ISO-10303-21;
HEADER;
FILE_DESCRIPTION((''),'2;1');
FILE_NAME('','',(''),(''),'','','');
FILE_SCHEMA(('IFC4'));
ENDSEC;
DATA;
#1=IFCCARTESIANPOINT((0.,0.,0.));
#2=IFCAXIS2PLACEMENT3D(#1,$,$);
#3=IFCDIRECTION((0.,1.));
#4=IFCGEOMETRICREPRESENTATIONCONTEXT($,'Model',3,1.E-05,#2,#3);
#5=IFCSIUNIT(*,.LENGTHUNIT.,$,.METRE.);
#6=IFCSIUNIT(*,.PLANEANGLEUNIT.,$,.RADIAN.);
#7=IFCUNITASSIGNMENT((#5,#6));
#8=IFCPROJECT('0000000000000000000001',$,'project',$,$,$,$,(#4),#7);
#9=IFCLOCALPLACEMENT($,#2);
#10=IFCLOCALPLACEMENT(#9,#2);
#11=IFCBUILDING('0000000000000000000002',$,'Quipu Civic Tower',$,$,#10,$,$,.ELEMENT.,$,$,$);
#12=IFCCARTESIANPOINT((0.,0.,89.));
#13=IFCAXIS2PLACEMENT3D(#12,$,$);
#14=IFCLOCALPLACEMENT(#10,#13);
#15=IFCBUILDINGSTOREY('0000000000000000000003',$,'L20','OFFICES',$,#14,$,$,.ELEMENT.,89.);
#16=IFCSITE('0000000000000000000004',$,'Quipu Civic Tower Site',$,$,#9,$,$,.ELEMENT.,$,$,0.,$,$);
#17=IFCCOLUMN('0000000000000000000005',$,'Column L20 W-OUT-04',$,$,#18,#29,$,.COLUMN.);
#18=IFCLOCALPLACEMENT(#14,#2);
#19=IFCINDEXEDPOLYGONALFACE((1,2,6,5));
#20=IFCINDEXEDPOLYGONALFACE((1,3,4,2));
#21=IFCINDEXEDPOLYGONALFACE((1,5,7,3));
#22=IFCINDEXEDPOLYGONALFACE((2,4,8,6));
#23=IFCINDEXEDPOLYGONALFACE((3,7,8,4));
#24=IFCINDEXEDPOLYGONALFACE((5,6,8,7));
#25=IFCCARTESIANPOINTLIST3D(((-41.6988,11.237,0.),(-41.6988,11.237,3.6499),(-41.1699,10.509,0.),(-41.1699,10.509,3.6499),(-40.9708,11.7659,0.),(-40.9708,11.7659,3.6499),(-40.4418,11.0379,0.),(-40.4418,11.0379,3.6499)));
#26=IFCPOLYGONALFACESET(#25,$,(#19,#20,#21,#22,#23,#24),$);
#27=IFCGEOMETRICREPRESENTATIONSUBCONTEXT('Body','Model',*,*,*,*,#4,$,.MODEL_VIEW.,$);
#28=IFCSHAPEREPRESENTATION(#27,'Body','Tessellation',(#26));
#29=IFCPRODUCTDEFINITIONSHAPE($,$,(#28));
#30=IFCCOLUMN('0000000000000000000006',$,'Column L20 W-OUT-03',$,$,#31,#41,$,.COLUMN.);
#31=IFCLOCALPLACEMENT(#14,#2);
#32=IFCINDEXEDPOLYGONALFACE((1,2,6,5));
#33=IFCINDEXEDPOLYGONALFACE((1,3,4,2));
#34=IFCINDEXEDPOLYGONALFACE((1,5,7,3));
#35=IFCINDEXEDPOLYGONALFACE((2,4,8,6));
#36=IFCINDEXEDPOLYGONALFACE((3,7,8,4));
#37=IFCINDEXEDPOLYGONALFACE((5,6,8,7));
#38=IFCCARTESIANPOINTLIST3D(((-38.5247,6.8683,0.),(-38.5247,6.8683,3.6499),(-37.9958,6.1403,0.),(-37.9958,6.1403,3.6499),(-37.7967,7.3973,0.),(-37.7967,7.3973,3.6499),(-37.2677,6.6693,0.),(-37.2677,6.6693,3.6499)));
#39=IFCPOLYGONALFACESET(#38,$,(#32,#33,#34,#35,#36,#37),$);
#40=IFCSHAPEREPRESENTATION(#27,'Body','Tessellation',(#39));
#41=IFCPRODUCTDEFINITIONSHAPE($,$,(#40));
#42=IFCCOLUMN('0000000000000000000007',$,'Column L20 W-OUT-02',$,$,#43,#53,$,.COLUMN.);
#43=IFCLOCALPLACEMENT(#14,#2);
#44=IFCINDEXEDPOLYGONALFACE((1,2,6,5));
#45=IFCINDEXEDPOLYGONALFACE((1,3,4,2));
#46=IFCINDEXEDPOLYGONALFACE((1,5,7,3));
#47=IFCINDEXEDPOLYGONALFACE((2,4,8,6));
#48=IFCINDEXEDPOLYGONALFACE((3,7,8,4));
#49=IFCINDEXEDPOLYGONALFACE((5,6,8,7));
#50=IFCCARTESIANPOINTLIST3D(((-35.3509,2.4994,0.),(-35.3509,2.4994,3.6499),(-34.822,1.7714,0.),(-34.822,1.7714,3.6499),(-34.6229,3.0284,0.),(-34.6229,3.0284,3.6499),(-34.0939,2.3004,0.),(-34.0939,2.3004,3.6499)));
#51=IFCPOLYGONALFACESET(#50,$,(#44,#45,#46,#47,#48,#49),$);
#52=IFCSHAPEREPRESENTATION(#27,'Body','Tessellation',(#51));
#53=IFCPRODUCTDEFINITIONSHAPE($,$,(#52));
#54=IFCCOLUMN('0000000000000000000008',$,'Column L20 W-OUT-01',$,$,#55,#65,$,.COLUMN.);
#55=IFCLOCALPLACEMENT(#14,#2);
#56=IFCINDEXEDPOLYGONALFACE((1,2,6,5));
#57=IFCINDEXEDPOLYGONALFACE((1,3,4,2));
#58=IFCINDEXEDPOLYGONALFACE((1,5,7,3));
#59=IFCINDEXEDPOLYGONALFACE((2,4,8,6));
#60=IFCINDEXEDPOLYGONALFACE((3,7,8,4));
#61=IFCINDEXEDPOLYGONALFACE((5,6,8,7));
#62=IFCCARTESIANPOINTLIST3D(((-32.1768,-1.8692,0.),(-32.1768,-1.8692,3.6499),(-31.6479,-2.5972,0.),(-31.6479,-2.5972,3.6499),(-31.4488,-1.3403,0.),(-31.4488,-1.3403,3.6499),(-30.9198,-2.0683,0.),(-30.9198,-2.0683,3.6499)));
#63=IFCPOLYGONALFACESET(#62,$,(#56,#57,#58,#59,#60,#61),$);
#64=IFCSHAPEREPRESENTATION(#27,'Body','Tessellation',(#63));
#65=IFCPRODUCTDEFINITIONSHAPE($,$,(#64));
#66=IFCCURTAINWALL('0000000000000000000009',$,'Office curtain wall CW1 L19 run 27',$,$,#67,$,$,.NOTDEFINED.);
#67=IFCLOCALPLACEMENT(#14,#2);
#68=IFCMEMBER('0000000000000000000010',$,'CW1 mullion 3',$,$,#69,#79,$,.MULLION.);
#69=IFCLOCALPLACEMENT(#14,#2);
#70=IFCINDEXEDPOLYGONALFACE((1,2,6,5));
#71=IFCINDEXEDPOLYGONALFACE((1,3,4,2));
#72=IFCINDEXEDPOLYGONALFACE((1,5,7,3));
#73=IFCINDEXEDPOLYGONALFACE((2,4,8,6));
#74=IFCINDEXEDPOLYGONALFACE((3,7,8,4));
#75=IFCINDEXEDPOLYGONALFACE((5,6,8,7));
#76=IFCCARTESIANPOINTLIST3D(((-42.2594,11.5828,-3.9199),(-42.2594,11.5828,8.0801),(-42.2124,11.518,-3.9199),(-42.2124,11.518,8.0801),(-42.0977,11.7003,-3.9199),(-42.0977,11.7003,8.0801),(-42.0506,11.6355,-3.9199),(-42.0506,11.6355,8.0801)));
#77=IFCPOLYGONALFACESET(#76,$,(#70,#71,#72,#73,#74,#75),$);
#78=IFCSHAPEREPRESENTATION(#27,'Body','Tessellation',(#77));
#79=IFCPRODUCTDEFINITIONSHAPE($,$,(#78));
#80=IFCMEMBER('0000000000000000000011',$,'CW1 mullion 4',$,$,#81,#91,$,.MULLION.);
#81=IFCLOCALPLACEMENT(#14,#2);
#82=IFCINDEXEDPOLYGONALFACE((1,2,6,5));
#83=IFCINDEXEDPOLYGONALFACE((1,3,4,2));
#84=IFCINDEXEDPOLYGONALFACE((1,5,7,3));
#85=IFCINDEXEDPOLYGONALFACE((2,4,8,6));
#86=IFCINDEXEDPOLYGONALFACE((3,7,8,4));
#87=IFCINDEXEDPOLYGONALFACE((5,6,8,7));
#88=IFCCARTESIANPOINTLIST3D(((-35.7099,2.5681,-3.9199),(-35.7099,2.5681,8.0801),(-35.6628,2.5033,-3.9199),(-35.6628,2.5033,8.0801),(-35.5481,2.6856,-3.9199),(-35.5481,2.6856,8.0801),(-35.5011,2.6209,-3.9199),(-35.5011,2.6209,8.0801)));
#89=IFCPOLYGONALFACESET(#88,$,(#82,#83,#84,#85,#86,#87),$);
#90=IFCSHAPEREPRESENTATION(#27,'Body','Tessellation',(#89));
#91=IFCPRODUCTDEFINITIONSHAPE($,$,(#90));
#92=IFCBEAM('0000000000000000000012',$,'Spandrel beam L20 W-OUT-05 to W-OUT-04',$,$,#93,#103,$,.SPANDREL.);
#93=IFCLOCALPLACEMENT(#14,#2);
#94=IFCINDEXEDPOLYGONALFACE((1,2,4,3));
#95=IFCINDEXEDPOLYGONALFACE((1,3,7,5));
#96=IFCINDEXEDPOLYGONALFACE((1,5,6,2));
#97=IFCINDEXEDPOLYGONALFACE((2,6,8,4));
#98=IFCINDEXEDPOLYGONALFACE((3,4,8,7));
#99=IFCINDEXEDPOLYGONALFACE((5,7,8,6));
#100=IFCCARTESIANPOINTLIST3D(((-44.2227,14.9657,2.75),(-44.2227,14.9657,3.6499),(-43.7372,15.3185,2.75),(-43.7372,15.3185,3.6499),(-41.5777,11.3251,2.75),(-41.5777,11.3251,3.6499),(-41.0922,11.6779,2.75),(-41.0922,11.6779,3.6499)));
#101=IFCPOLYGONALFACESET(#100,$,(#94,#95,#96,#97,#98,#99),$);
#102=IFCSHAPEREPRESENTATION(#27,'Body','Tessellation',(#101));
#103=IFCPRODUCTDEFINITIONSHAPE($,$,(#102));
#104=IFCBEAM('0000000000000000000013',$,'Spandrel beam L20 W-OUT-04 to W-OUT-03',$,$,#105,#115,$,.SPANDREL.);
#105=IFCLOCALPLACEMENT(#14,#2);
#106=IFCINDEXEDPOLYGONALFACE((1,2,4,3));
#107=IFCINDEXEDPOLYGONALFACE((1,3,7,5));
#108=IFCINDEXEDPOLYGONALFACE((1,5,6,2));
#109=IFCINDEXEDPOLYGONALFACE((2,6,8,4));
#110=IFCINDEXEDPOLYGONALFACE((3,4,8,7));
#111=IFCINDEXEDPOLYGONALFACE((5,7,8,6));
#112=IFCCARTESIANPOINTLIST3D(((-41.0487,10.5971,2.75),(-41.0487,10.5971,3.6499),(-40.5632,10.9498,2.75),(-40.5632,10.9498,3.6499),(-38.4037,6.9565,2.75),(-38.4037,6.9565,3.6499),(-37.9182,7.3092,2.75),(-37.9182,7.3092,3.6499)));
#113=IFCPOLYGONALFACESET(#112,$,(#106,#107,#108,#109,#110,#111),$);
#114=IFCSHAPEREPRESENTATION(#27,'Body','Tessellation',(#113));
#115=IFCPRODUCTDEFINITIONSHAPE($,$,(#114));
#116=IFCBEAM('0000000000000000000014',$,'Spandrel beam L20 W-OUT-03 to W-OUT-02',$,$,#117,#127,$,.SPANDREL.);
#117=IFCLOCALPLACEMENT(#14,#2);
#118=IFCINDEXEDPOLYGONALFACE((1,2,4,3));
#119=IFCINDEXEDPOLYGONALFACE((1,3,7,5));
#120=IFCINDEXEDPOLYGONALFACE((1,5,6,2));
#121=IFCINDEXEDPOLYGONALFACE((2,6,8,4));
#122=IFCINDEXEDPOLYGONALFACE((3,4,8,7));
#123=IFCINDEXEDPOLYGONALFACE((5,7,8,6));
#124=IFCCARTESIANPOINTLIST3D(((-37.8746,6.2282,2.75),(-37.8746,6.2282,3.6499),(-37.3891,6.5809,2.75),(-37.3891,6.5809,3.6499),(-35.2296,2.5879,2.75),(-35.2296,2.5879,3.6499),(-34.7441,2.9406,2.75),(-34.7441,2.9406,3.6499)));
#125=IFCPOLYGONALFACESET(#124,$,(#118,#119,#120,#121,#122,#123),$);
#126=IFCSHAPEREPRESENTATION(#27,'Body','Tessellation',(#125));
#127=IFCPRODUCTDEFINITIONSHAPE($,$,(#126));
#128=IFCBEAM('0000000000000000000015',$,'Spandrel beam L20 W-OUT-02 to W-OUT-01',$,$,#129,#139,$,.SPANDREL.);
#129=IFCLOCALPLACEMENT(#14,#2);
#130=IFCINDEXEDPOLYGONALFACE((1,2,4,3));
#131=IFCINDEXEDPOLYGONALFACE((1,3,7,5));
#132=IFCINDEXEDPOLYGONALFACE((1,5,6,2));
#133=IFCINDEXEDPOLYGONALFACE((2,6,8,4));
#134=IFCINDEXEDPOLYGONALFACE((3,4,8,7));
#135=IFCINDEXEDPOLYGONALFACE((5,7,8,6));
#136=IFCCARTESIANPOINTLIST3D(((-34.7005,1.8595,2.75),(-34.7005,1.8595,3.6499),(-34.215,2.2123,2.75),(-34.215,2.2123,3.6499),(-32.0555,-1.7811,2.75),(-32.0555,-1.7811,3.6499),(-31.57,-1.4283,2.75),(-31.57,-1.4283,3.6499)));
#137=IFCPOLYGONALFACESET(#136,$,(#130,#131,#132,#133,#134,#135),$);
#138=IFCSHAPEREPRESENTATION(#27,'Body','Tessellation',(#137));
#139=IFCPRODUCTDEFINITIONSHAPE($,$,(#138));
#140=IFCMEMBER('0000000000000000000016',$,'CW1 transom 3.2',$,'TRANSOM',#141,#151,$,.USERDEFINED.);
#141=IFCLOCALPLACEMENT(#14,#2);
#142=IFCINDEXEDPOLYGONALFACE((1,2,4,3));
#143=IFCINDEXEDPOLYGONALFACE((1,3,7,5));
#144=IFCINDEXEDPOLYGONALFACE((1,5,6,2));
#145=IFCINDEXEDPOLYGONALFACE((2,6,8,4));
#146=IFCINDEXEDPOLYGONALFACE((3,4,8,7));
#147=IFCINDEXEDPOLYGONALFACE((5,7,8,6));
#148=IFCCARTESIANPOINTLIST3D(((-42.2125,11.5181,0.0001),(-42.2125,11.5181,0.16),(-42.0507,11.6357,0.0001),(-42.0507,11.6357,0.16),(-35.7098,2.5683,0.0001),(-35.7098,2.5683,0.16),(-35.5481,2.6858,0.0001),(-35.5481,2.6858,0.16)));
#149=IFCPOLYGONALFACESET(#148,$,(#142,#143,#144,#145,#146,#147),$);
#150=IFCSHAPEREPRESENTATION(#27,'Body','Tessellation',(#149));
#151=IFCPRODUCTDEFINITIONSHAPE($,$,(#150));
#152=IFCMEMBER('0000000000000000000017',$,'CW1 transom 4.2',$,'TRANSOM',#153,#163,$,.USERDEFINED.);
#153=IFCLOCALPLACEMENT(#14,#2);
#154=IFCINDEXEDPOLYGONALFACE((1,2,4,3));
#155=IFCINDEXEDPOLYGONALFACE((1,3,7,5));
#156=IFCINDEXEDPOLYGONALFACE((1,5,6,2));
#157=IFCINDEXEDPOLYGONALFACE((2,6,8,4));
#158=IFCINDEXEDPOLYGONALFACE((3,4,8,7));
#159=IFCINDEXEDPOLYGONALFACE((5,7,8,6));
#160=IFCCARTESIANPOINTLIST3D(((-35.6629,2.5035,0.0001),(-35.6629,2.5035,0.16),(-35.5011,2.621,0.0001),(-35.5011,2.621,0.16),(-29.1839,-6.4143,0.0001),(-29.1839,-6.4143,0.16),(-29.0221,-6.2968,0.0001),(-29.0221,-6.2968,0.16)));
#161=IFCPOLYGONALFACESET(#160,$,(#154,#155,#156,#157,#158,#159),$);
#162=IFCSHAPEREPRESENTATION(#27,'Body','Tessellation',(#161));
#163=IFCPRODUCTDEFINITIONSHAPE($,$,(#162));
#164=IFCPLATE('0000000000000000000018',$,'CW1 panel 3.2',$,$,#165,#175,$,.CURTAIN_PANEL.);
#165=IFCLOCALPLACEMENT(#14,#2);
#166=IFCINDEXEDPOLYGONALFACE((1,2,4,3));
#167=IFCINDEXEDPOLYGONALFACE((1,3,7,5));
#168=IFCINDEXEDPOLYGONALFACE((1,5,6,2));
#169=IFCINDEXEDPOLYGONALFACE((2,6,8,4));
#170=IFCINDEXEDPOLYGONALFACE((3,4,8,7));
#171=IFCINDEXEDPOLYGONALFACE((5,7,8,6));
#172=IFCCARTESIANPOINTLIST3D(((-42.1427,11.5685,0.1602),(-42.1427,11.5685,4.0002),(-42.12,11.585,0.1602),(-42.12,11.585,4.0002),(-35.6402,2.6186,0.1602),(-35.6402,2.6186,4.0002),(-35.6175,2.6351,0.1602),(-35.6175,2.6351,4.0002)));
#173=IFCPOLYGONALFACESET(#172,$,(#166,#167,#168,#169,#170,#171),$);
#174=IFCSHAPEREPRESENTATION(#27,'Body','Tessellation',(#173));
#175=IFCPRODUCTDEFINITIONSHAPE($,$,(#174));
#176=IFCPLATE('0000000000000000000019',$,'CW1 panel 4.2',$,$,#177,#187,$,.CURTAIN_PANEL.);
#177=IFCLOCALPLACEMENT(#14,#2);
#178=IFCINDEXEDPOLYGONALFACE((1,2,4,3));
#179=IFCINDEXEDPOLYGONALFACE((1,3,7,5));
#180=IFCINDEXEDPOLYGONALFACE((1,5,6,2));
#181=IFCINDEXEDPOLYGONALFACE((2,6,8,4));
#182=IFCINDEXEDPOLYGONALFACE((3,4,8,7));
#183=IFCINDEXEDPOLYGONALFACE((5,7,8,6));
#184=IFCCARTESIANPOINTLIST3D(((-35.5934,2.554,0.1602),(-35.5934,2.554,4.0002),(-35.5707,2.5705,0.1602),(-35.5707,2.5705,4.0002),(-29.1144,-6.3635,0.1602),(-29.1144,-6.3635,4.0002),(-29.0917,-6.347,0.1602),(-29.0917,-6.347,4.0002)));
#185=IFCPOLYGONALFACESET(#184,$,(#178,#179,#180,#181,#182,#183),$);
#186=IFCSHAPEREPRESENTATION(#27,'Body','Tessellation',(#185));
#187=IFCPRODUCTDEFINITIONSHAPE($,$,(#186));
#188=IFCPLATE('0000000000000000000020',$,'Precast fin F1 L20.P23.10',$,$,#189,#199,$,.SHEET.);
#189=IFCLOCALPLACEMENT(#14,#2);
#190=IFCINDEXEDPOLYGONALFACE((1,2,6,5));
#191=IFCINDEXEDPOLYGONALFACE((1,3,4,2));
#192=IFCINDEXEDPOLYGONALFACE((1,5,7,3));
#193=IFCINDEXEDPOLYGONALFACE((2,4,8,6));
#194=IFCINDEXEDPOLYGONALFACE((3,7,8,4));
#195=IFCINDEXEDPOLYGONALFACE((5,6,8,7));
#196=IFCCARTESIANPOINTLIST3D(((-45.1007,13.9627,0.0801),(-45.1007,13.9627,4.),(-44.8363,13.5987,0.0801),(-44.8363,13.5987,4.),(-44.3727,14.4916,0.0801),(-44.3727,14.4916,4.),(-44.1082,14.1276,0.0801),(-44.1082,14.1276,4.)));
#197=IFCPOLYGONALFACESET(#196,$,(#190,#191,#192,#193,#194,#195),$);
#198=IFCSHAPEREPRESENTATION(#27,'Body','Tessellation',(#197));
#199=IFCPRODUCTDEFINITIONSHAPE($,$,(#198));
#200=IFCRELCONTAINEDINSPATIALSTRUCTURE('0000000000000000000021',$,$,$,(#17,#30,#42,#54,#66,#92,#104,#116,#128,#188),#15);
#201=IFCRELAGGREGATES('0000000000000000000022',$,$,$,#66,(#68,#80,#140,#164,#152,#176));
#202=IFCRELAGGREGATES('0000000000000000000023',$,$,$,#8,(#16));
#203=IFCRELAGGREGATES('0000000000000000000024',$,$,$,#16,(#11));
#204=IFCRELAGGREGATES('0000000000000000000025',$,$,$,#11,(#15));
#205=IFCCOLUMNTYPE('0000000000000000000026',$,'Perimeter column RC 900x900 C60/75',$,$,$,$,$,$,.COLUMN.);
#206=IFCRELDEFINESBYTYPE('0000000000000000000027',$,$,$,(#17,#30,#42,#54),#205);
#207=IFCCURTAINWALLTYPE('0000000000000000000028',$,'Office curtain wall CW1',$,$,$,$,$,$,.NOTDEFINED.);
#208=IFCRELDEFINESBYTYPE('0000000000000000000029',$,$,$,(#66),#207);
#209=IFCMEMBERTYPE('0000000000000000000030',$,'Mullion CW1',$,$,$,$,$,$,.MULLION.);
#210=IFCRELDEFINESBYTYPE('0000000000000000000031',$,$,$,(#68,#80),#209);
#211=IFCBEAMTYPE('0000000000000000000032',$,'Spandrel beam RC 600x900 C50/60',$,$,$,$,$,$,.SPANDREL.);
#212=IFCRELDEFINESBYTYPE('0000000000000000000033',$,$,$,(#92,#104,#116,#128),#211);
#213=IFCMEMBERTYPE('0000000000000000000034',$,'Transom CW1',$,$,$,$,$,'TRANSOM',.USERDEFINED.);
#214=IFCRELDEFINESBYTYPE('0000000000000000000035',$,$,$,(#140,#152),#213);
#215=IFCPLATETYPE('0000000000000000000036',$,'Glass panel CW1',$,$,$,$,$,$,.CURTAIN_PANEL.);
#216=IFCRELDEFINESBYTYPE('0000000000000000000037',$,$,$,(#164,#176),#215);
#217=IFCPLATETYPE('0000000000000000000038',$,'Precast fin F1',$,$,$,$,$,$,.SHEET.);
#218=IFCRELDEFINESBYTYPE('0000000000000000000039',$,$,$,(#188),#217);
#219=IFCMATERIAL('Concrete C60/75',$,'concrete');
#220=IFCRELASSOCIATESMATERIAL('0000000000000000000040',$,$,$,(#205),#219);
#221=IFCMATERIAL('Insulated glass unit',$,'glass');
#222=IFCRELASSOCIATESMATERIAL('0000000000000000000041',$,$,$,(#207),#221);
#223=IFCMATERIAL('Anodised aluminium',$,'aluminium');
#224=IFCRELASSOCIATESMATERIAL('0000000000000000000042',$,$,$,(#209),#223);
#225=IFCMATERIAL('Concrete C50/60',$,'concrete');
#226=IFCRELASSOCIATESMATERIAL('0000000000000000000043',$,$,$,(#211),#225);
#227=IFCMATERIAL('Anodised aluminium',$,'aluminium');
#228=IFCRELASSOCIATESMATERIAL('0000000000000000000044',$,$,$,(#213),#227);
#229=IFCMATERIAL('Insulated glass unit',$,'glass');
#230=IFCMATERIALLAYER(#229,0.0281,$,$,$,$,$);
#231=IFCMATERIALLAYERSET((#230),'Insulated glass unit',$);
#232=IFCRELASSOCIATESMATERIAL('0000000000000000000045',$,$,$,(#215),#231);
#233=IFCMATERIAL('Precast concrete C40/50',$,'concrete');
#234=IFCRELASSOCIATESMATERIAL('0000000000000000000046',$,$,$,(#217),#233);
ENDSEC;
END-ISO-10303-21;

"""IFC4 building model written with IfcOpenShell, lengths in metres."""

from ifc_helpers import new_model, si_unit, direction, frame, origin, origin_2d, place, context, subcontext, project, spatial, rectangle, extrude, material, layer, layer_set, material_profile, profile_set, type_object, element, aggregate, save


model = new_model("IFC4")

# Units and contexts
model_context = context("Model", 3, precision=1e-05, world=origin(), true_north=direction((0.0, 1.0)))
body_context = subcontext(model_context, "Body", "Model", "MODEL_VIEW")
ifc_project = project(units=[si_unit("LENGTHUNIT", "METRE"), si_unit("PLANEANGLEUNIT", "RADIAN")], contexts=[model_context])

# Site, building, storey
site_placement = place(None, origin())
site = spatial("IfcSite", under=ifc_project, at=site_placement, Name="Quipu Civic Tower Site", CompositionType="ELEMENT", RefElevation=0.0)
building_placement = place(site_placement, origin())
building = spatial("IfcBuilding", under=site, at=building_placement, Name="Quipu Civic Tower", CompositionType="ELEMENT")
storey_placement = place(building_placement, frame((0.0, 0.0, 89.0)))
storey = spatial("IfcBuildingStorey", under=building, at=storey_placement, Name="L20", Description="OFFICES", CompositionType="ELEMENT", Elevation=89.0)

# Columns
ifc_material_1 = material(Name="Concrete C60/75", Category="concrete")
ifc_material_profile_1 = material_profile(ifc_material_1, rectangle(XDim=0.8999, YDim=0.8999, at=origin_2d()), Name="RC900x900")
ifc_profile_set_1 = profile_set([ifc_material_profile_1], Name="Concrete C60/75")
column_type = type_object("IfcColumnType", Name="Perimeter column RC 900x900 C60/75", PredefinedType="COLUMN", material=ifc_profile_set_1)
for number, where, z_axis, x_axis, name in (
    (1, (-41.0703, 11.1375, 0.0), (0.0, 0.0, 1.0), (0.587785, -0.809017, 0.0), "Column L20 W-OUT-04"),
    (2, (-37.8962, 6.7688, 0.0), (0.0, 0.0, 1.0), (0.587785, -0.809017, 0.0), "Column L20 W-OUT-03"),
    (3, (-34.7224, 2.3999, 0.0), (0.0, 0.0, 1.0), (0.587785, -0.809017, 0.0), "Column L20 W-OUT-02"),
    (4, (-31.5483, -1.9688, 0.0), (0.0, 0.0, 1.0), (0.587785, -0.809017, 0.0), "Column L20 W-OUT-01"),
):
    element("IfcColumn", number, at=place(storey_placement, frame(where, z_axis=z_axis, x_axis=x_axis)), inside=storey, type_object=column_type, Name=name, PredefinedType="COLUMN", context=body_context, shape_type="SweptSolid", body=[
        extrude(rectangle(XDim=0.8999, YDim=0.8999, at=origin_2d()), origin(), (0.0, 0.0, 1.0), 3.6499),
    ])

# Curtain wall, members
ifc_material_2 = material(Name="Insulated glass unit", Category="glass")
curtain_wall_type = type_object("IfcCurtainWallType", Name="Office curtain wall CW1", PredefinedType="NOTDEFINED", material=ifc_material_2)
curtain_wall_placement = place(storey_placement, origin())
curtain_wall = element("IfcCurtainWall", 5, at=curtain_wall_placement, inside=storey, type_object=curtain_wall_type, Name="Office curtain wall CW1 L19 run 27", PredefinedType="NOTDEFINED")
ifc_material_3 = material(Name="Anodised aluminium", Category="aluminium")
ifc_material_profile_2 = material_profile(ifc_material_3, rectangle(XDim=0.2, YDim=0.0801, at=origin_2d()), Name="RECT 200x80")
ifc_profile_set_2 = profile_set([ifc_material_profile_2], Name="Anodised aluminium")
member_type_1 = type_object("IfcMemberType", Name="Mullion CW1", PredefinedType="MULLION", material=ifc_profile_set_2)
member_1_placement = place(storey_placement, frame((-42.155, 11.6091, -3.9199), z_axis=(0.0, 0.0, 1.0), x_axis=(0.809017, 0.587786, 0.0)))
member_1 = element("IfcMember", 6, at=member_1_placement, type_object=member_type_1, Name="CW1 mullion 3", PredefinedType="MULLION", context=body_context, shape_type="SweptSolid", body=[
    extrude(rectangle(XDim=0.2, YDim=0.0801, at=origin_2d()), origin(), (0.0, 0.0, 1.0), 12.0),
])
member_2_placement = place(storey_placement, frame((-35.6055, 2.5945, -3.9199), z_axis=(0.0, 0.0, 1.0), x_axis=(0.809017, 0.587786, 0.0)))
member_2 = element("IfcMember", 7, at=member_2_placement, type_object=member_type_1, Name="CW1 mullion 4", PredefinedType="MULLION", context=body_context, shape_type="SweptSolid", body=[
    extrude(rectangle(XDim=0.2, YDim=0.0801, at=origin_2d()), origin(), (0.0, 0.0, 1.0), 12.0),
])

# Beams
ifc_material_4 = material(Name="Concrete C50/60", Category="concrete")
ifc_material_profile_3 = material_profile(ifc_material_4, rectangle(XDim=0.6001, YDim=0.8999, at=origin_2d()), Name="RC600x900")
ifc_profile_set_3 = profile_set([ifc_material_profile_3], Name="Concrete C50/60")
beam_type = type_object("IfcBeamType", Name="Spandrel beam RC 600x900 C50/60", PredefinedType="SPANDREL", material=ifc_profile_set_3)
for number, where, z_axis, x_axis, name in (
    (8, (-43.98, 15.1421, 3.2), (0.587778, -0.809022, 0.0), (0.809022, 0.587778, 0.0), "Spandrel beam L20 W-OUT-05 to W-OUT-04"),
    (9, (-40.8059, 10.7734, 3.2), (0.587778, -0.809022, 0.0), (0.809022, 0.587778, 0.0), "Spandrel beam L20 W-OUT-04 to W-OUT-03"),
):
    element("IfcBeam", number, at=place(storey_placement, frame(where, z_axis=z_axis, x_axis=x_axis)), inside=storey, type_object=beam_type, Name=name, PredefinedType="SPANDREL", context=body_context, shape_type="SweptSolid", body=[
        extrude(rectangle(XDim=0.6001, YDim=0.8999, at=origin_2d()), origin(), (0.0, 0.0, 1.0), 4.5),
    ])
beam_1_placement = place(storey_placement, frame((-37.6318, 6.4045, 3.2), z_axis=(0.587804, -0.809003, 0.0), x_axis=(0.809003, 0.587804, 0.0)))
element("IfcBeam", 10, at=beam_1_placement, inside=storey, type_object=beam_type, Name="Spandrel beam L20 W-OUT-03 to W-OUT-02", PredefinedType="SPANDREL", context=body_context, shape_type="SweptSolid", body=[
    extrude(rectangle(XDim=0.6001, YDim=0.8999, at=origin_2d()), origin(), (0.0, 0.0, 1.0), 4.4998),
])
beam_2_placement = place(storey_placement, frame((-34.4578, 2.0359, 3.2), z_axis=(0.587778, -0.809022, 0.0), x_axis=(0.809022, 0.587778, 0.0)))
element("IfcBeam", 11, at=beam_2_placement, inside=storey, type_object=beam_type, Name="Spandrel beam L20 W-OUT-02 to W-OUT-01", PredefinedType="SPANDREL", context=body_context, shape_type="SweptSolid", body=[
    extrude(rectangle(XDim=0.6001, YDim=0.8999, at=origin_2d()), origin(), (0.0, 0.0, 1.0), 4.5),
])

# Members
ifc_material_5 = material(Name="Anodised aluminium", Category="aluminium")
ifc_material_profile_4 = material_profile(ifc_material_5, rectangle(XDim=0.2, YDim=0.1599, at=origin_2d()), Name="RECT 200x160")
ifc_profile_set_4 = profile_set([ifc_material_profile_4], Name="Anodised aluminium")
member_type_2 = type_object("IfcMemberType", Name="Transom CW1", ElementType="TRANSOM", PredefinedType="USERDEFINED", material=ifc_profile_set_4)
member_3_placement = place(storey_placement, frame((-42.1316, 11.5769, 0.0801), z_axis=(0.587795, -0.80901, 0.0), x_axis=(0.80901, 0.587795, 0.0)))
member_3 = element("IfcMember", 12, at=member_3_placement, type_object=member_type_2, Name="CW1 transom 3.2", ObjectType="TRANSOM", PredefinedType="USERDEFINED", context=body_context, shape_type="SweptSolid", body=[
    extrude(rectangle(XDim=0.2, YDim=0.1599, at=origin_2d()), origin(), (0.0, 0.0, 1.0), 11.0627),
])
member_4_placement = place(storey_placement, frame((-35.582, 2.5623, 0.0801), z_axis=(0.587779, -0.809021, 0.0), x_axis=(0.809021, 0.587779, 0.0)))
member_4 = element("IfcMember", 13, at=member_4_placement, type_object=member_type_2, Name="CW1 transom 4.2", ObjectType="TRANSOM", PredefinedType="USERDEFINED", context=body_context, shape_type="SweptSolid", body=[
    extrude(rectangle(XDim=0.2, YDim=0.1599, at=origin_2d()), origin(), (0.0, 0.0, 1.0), 11.0229),
])

# Plates
ifc_material_6 = material(Name="Insulated glass unit", Category="glass")
ifc_layer_1 = layer(ifc_material_6, 0.0281)
ifc_layer_set_1 = layer_set([ifc_layer_1], Name="Insulated glass unit")
plate_type_1 = type_object("IfcPlateType", Name="Glass panel CW1", PredefinedType="CURTAIN_PANEL", material=ifc_layer_set_1)
plate_1_placement = place(storey_placement, frame((-38.8801, 7.1018, 0.1602), z_axis=(0.0, 0.0, 1.0), x_axis=(0.587786, -0.809017, 0.0)))
plate_1 = element("IfcPlate", 14, at=plate_1_placement, type_object=plate_type_1, Name="CW1 panel 3.2", PredefinedType="CURTAIN_PANEL", context=body_context, shape_type="SweptSolid", body=[
    extrude(rectangle(XDim=11.0627, YDim=0.0281, at=origin_2d()), origin(), (0.0, 0.0, 1.0), 3.8401),
])
plate_2_placement = place(storey_placement, frame((-32.3425, -1.8965, 0.1602), z_axis=(0.0, 0.0, 1.0), x_axis=(0.587786, -0.809017, 0.0)))
plate_2 = element("IfcPlate", 15, at=plate_2_placement, type_object=plate_type_1, Name="CW1 panel 4.2", PredefinedType="CURTAIN_PANEL", context=body_context, shape_type="SweptSolid", body=[
    extrude(rectangle(XDim=11.0227, YDim=0.0281, at=origin_2d()), origin(), (0.0, 0.0, 1.0), 3.8401),
])
aggregate(curtain_wall, [member_1, member_2, member_3, plate_1, member_4, plate_2])

# Plate
ifc_material_7 = material(Name="Precast concrete C40/50", Category="concrete")
plate_type_2 = type_object("IfcPlateType", Name="Precast fin F1", PredefinedType="SHEET", material=ifc_material_7)
for number, where, z_axis, x_axis, name in (
    (16, (-44.6045, 14.0452, 0.0801), (0.0, 0.0, 1.0), (0.587786, -0.809017, 0.0), "Precast fin F1 L20.P23.10"),
):
    element("IfcPlate", number, at=place(storey_placement, frame(where, z_axis=z_axis, x_axis=x_axis)), inside=storey, type_object=plate_type_2, Name=name, PredefinedType="SHEET", context=body_context, shape_type="SweptSolid", body=[
        extrude(rectangle(XDim=0.45, YDim=0.8999, at=origin_2d()), origin(), (0.0, 0.0, 1.0), 3.9199),
    ])

save(model, "model.ifc")
